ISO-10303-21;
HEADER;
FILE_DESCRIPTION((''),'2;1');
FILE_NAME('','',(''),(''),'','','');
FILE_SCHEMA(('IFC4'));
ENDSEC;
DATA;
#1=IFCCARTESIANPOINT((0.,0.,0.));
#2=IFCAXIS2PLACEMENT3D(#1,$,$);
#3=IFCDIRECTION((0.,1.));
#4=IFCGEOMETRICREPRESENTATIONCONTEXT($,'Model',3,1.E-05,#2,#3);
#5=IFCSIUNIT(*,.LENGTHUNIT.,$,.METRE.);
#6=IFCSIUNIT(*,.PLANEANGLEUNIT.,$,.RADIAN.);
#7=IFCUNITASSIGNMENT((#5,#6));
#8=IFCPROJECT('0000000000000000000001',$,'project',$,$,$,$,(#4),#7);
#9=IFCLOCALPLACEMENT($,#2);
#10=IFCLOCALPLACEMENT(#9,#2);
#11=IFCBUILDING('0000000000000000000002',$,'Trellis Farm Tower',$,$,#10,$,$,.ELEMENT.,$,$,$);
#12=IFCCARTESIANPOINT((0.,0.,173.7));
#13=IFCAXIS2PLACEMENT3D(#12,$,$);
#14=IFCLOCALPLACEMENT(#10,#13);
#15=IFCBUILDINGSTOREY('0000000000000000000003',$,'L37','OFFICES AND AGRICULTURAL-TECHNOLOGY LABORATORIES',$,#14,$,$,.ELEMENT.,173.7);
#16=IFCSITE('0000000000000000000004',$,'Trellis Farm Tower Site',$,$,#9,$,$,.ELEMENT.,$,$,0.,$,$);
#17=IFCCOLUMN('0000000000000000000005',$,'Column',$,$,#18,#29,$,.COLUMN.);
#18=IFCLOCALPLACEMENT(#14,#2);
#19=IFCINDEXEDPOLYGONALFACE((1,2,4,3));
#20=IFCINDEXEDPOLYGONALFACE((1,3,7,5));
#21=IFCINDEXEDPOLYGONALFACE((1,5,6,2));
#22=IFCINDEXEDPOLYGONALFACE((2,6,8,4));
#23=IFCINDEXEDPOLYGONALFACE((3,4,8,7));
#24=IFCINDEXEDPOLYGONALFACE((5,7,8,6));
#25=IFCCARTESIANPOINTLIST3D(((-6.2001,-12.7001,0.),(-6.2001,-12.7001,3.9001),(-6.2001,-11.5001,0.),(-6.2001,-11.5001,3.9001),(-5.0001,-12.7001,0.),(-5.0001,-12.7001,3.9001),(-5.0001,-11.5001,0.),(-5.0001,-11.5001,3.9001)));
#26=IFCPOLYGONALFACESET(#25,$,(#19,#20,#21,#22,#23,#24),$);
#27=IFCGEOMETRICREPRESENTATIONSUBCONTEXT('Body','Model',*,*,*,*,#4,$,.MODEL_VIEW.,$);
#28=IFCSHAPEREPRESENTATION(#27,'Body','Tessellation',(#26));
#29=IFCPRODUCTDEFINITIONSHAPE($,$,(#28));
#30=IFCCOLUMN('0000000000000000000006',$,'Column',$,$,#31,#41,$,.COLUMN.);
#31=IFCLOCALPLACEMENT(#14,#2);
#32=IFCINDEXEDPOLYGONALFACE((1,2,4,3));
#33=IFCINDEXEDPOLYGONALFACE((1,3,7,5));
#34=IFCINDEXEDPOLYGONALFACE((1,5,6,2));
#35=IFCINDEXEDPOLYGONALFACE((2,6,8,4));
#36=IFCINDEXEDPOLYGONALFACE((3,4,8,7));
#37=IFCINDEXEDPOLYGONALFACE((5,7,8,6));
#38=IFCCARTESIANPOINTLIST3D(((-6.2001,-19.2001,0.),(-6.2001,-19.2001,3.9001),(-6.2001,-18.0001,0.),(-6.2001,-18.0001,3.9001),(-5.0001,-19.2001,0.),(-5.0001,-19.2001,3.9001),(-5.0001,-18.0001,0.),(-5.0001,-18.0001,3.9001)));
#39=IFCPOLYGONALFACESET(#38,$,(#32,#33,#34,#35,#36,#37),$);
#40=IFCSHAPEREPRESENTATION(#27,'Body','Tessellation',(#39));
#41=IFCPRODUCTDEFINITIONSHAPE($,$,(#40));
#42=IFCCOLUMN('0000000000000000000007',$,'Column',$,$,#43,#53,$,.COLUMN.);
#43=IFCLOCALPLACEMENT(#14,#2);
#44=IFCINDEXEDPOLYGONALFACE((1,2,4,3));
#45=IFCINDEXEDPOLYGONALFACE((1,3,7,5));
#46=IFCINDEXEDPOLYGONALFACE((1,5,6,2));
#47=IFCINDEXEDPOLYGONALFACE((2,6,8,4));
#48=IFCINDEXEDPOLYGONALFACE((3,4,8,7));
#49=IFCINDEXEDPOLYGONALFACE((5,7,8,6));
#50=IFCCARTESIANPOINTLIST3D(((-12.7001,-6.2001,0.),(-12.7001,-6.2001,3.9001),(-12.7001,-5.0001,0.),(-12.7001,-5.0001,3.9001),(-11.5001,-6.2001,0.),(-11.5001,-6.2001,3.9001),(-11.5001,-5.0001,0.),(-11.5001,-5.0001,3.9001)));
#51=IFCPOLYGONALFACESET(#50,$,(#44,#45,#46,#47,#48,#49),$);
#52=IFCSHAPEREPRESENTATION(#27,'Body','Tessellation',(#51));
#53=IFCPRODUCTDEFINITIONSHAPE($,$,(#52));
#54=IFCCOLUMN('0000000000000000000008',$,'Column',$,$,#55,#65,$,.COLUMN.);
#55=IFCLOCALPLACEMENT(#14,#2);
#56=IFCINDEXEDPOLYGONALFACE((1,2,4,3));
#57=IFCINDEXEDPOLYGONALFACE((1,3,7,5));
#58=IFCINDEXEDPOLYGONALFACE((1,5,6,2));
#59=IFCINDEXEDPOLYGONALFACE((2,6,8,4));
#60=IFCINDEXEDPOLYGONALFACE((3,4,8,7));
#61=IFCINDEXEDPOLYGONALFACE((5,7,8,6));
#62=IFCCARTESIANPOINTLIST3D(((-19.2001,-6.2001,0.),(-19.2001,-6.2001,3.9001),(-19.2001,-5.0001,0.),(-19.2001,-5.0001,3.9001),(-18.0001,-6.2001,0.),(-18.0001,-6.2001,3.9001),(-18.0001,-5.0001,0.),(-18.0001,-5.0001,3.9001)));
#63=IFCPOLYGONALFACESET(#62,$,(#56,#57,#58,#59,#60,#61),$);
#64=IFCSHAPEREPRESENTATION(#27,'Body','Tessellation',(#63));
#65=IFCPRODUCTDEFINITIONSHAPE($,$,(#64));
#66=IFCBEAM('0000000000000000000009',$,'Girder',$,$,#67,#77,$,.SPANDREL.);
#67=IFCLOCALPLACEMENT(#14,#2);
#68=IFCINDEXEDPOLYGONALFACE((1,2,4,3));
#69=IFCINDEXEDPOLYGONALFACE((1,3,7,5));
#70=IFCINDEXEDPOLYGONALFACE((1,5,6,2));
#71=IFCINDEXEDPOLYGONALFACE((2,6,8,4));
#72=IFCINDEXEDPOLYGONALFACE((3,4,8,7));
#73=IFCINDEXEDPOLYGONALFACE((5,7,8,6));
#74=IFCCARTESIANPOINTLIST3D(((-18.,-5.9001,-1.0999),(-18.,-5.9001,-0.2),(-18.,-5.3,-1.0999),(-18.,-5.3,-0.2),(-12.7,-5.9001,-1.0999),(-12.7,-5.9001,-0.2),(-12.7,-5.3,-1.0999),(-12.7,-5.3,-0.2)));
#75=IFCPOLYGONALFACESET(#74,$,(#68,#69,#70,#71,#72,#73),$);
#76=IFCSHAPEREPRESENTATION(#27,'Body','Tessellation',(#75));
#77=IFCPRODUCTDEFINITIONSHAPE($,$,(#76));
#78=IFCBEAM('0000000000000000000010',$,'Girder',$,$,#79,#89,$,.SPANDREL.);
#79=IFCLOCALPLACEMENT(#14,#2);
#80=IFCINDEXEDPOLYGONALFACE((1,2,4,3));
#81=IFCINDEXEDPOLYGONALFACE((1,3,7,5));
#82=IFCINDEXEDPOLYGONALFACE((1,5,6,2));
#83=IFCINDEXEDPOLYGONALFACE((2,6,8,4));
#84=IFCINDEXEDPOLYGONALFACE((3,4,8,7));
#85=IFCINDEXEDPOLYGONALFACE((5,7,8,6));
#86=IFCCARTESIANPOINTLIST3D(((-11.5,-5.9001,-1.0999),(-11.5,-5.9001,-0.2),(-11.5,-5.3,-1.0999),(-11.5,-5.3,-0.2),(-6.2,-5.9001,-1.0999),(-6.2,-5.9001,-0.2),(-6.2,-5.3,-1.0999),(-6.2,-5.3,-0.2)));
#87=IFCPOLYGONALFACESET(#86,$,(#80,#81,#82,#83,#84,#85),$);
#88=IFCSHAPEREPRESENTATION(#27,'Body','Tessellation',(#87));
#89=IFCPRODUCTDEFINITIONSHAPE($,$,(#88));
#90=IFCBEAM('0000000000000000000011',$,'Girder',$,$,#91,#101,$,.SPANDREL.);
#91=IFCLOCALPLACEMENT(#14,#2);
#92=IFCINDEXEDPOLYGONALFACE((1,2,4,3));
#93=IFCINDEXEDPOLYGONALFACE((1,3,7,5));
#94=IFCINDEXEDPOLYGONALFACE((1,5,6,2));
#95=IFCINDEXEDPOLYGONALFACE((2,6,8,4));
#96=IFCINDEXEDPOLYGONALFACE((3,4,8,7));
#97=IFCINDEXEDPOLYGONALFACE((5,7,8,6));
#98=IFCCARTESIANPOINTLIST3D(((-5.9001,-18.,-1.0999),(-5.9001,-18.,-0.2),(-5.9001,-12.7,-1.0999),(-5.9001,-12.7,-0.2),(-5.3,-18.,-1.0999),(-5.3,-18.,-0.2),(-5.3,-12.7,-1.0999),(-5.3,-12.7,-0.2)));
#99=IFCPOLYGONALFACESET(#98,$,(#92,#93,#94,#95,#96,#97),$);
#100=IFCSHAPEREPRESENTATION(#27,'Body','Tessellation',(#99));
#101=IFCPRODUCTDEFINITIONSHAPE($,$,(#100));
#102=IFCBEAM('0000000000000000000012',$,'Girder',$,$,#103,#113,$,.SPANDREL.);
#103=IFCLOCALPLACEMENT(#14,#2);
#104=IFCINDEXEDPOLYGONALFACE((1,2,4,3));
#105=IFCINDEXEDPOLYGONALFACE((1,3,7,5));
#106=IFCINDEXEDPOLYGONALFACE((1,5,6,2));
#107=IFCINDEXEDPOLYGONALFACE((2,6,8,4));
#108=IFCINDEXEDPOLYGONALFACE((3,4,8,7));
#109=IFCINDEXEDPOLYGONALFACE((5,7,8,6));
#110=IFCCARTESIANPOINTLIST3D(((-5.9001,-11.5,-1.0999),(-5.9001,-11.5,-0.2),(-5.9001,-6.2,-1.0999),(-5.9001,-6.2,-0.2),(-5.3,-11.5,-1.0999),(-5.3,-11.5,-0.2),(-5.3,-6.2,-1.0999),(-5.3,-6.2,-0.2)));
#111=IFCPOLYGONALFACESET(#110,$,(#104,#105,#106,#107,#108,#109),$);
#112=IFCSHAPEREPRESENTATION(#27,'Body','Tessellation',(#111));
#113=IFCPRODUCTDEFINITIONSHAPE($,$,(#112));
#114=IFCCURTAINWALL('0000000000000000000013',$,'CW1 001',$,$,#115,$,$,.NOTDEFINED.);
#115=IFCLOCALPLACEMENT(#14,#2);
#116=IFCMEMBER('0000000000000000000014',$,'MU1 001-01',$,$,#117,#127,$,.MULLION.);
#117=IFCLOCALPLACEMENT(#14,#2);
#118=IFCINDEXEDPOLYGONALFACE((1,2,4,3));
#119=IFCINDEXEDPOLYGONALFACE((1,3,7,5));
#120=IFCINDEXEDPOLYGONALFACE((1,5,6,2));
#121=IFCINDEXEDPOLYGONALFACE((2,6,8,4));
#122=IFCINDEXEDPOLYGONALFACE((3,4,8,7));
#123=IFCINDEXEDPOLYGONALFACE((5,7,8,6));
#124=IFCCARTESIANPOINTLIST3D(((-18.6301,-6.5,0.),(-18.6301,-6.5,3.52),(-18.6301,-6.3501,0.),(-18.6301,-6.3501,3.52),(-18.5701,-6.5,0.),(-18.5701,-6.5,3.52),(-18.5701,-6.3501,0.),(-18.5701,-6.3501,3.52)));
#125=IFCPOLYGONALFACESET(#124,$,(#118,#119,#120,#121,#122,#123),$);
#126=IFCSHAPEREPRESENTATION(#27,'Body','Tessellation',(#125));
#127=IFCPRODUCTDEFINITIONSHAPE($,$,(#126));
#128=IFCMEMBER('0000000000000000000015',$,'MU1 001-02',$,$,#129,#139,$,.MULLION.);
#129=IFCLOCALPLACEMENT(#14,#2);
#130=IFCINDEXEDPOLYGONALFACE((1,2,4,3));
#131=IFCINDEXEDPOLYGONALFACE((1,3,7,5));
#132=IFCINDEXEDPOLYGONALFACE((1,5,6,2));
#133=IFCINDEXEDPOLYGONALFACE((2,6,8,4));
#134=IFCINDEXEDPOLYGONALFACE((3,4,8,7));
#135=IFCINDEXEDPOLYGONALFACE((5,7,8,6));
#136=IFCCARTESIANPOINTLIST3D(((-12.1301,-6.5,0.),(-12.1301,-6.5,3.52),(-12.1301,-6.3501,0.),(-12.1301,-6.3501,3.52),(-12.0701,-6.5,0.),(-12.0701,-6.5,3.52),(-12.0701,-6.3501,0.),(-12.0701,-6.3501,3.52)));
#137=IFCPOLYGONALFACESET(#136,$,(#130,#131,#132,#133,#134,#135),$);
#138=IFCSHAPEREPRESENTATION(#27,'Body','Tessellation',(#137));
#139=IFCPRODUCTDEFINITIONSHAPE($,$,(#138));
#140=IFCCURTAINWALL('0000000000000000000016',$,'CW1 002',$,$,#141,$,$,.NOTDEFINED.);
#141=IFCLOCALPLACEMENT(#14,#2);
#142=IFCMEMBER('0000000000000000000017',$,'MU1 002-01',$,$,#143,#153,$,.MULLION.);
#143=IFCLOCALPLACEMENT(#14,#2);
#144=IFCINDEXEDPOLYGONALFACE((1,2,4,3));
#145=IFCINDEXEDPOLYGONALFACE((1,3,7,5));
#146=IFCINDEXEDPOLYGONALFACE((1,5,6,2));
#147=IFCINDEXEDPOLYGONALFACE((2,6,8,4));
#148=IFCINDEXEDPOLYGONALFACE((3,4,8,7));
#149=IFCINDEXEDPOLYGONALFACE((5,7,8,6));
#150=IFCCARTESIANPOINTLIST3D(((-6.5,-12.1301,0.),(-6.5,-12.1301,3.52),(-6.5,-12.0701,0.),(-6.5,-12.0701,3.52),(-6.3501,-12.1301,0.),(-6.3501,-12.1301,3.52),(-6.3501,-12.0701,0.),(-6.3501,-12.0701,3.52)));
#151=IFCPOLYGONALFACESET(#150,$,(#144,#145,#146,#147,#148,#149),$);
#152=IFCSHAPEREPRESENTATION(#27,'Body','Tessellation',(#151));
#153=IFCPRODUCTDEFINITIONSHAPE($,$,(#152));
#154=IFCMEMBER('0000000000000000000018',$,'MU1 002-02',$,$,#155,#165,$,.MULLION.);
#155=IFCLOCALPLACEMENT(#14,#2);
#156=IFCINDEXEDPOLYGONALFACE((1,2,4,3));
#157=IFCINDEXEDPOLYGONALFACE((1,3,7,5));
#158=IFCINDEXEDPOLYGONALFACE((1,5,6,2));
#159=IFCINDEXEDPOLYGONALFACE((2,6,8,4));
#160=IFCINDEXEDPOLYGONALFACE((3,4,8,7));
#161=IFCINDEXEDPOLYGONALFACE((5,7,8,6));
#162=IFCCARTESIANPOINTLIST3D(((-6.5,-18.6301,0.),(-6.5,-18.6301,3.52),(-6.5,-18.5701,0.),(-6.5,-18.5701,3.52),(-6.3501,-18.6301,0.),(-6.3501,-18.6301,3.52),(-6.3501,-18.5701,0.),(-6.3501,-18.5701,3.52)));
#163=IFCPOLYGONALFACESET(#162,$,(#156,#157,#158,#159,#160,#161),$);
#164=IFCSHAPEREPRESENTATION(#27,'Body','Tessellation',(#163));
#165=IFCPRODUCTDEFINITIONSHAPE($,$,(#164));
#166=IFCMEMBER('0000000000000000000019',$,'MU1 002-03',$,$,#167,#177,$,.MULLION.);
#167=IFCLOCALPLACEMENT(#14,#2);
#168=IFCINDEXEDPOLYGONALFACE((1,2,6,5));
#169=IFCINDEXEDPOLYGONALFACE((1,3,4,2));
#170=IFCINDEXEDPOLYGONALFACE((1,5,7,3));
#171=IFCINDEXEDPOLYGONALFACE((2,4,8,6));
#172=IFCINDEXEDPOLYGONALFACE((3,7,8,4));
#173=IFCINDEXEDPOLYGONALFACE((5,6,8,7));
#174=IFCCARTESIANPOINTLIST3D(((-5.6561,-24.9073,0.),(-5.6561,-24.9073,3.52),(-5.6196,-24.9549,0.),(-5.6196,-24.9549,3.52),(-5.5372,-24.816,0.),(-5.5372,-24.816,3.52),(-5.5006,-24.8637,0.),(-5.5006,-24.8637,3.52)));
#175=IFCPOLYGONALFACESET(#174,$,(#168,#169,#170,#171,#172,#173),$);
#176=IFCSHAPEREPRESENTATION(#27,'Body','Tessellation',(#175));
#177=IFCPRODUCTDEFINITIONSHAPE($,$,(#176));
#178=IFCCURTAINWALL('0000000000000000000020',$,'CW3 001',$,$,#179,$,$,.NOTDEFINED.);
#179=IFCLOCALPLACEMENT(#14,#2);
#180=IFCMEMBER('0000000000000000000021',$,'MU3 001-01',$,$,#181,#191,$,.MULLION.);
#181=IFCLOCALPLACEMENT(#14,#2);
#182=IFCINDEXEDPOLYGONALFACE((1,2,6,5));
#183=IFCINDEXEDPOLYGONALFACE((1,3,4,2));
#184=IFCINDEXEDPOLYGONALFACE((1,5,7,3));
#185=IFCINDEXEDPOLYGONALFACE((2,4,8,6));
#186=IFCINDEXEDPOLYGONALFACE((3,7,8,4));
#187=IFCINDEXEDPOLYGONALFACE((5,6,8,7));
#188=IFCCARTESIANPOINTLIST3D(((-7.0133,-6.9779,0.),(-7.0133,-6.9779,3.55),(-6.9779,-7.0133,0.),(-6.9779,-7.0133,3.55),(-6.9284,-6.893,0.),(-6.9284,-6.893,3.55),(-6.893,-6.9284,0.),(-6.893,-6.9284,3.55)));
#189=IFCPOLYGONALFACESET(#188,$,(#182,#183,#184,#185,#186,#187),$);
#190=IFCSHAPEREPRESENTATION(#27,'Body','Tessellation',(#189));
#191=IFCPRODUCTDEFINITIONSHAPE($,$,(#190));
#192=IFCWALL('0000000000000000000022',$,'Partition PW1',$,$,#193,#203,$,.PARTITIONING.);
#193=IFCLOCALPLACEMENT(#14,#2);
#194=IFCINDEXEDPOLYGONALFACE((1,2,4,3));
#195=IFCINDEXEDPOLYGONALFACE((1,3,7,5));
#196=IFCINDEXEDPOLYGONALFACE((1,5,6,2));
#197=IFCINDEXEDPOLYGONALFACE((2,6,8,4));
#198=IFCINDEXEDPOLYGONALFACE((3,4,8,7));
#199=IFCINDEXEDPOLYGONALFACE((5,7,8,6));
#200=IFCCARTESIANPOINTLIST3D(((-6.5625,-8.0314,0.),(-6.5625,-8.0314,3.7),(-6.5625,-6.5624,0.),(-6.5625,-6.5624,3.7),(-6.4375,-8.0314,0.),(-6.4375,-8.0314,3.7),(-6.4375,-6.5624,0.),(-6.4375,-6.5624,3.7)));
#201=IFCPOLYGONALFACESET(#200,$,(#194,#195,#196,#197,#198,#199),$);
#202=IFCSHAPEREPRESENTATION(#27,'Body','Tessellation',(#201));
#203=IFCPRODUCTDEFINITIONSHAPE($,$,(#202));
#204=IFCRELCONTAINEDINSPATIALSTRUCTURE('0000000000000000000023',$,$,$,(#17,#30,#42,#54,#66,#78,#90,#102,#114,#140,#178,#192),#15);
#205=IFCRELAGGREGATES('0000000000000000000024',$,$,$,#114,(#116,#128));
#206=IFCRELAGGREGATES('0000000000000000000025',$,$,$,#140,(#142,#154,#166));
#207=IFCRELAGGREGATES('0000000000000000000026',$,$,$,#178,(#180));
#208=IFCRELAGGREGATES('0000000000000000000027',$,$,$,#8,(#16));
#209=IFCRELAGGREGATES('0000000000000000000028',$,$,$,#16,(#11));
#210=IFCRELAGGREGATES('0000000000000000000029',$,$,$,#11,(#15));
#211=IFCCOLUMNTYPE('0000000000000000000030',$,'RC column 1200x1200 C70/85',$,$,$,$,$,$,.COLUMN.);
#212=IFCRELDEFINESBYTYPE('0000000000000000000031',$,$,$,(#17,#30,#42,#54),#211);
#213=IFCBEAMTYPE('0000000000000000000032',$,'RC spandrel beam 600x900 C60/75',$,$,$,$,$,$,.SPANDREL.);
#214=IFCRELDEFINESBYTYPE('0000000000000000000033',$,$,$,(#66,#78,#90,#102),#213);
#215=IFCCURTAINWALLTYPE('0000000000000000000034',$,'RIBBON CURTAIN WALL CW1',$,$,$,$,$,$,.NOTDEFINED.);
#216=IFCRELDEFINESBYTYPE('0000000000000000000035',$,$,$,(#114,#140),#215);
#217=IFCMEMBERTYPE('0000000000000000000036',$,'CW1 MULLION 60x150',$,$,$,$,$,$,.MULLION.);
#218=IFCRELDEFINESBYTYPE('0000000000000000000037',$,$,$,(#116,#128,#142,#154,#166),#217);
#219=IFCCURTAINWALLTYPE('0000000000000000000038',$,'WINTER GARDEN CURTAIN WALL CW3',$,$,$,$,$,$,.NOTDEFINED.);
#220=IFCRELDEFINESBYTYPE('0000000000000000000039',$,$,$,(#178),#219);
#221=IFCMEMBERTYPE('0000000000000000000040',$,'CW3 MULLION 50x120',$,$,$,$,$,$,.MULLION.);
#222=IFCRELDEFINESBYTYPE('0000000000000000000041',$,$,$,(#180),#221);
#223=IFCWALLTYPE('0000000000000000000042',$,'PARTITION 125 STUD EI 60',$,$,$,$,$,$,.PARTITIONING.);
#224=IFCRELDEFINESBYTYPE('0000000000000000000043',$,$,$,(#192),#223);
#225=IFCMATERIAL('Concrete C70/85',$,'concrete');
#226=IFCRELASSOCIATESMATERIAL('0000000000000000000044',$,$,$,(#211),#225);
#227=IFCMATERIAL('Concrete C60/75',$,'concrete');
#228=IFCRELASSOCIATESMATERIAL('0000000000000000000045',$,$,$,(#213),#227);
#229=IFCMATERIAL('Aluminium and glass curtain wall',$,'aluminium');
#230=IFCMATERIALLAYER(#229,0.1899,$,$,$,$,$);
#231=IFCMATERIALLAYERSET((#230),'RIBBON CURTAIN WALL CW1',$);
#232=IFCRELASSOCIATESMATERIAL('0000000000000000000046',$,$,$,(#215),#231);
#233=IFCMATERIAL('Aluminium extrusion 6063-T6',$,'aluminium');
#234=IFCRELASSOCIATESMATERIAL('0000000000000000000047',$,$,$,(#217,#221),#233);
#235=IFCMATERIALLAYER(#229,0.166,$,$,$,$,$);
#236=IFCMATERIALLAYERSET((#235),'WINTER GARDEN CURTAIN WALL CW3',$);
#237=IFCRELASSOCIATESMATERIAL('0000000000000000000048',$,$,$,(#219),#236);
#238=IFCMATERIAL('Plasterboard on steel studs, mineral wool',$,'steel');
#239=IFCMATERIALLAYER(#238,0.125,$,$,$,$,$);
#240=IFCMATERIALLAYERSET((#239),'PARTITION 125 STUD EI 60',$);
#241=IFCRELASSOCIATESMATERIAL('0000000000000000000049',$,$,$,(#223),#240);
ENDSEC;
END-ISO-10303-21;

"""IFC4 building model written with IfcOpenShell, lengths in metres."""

from ifc_helpers import new_model, si_unit, direction, frame, frame_2d, origin, origin_2d, place, context, subcontext, project, spatial, rectangle, extrude, source, transform, mapped, material, layer, layer_set, material_profile, profile_set, type_object, element, aggregate, save


model = new_model("IFC4")

# Units and contexts
model_context = context("Model", 3, precision=1e-05, world=origin(), true_north=direction((0.0, 1.0)))
body_context = subcontext(model_context, "Body", "Model", "MODEL_VIEW")
ifc_project = project(units=[si_unit("LENGTHUNIT", "METRE"), si_unit("PLANEANGLEUNIT", "RADIAN")], contexts=[model_context])

# Site, building, storey
site_placement = place(None, origin())
site = spatial("IfcSite", under=ifc_project, at=site_placement, Name="Trellis Farm Tower Site", CompositionType="ELEMENT", RefElevation=0.0)
building_placement = place(site_placement, origin())
building = spatial("IfcBuilding", under=site, at=building_placement, Name="Trellis Farm Tower", CompositionType="ELEMENT")
storey_placement = place(building_placement, frame((0.0, 0.0, 173.7)))
storey = spatial("IfcBuildingStorey", under=building, at=storey_placement, Name="L37", Description="OFFICES AND AGRICULTURAL-TECHNOLOGY LABORATORIES", CompositionType="ELEMENT", Elevation=173.7)

# Columns
ifc_material_1 = material(Name="Concrete C70/85", Category="concrete")
ifc_material_profile_1 = material_profile(ifc_material_1, rectangle(XDim=1.2, YDim=1.2, at=origin_2d()), Name="RC column 1200x1200 C70/85")
ifc_profile_set_1 = profile_set([ifc_material_profile_1], Name="Concrete C70/85")
column_type = type_object("IfcColumnType", Name="RC column 1200x1200 C70/85", PredefinedType="COLUMN", material=ifc_profile_set_1)
shared_shape_1 = source(origin(), body_context, "Body", "SweptSolid", [
    extrude(rectangle(XDim=1.2, YDim=1.2, at=origin_2d()), origin(), (0.0, 0.0, 1.0), 3.9001),
])
for number, where, z_axis, x_axis, name in (
    (1, (-5.6001, -12.1001, 0.0), (0.0, 0.0, 1.0), (1.0, 0.0, 0.0), "Column"),
    (2, (-5.6001, -18.6001, 0.0), (0.0, 0.0, 1.0), (1.0, 0.0, 0.0), "Column"),
    (3, (-12.1001, -5.6001, 0.0), (0.0, 0.0, 1.0), (1.0, 0.0, 0.0), "Column"),
    (4, (-18.6001, -5.6001, 0.0), (0.0, 0.0, 1.0), (1.0, 0.0, 0.0), "Column"),
):
    element("IfcColumn", number, at=place(storey_placement, frame(where, z_axis=z_axis, x_axis=x_axis)), inside=storey, type_object=column_type, Name=name, PredefinedType="COLUMN", context=body_context, shape_type="MappedRepresentation", body=[
        mapped(shared_shape_1, transform((0.0, 0.0, 0.0))),
    ])

# Beams
ifc_material_2 = material(Name="Concrete C60/75", Category="concrete")
ifc_material_profile_2 = material_profile(ifc_material_2, rectangle(XDim=0.6001, YDim=0.8999, at=origin_2d()), Name="RC spandrel beam 600x900 C60/75")
ifc_profile_set_2 = profile_set([ifc_material_profile_2], Name="Concrete C60/75")
beam_type = type_object("IfcBeamType", Name="RC spandrel beam 600x900 C60/75", PredefinedType="SPANDREL", material=ifc_profile_set_2)
shared_shape_2 = source(origin(), body_context, "Body", "SweptSolid", [
    extrude(rectangle(XDim=0.6001, YDim=0.8999, at=origin_2d()), origin(), (0.0, 0.0, 1.0), 5.3),
])
for number, where, z_axis, x_axis, name in (
    (5, (-18.0, -5.6001, -0.6499), (1.0, 0.0, 0.0), (0.0, 1.0, 0.0), "Girder"),
    (6, (-11.5, -5.6001, -0.6499), (1.0, 0.0, 0.0), (0.0, 1.0, 0.0), "Girder"),
    (7, (-5.6001, -18.0, -0.6499), (0.0, 1.0, 0.0), (-1.0, 0.0, 0.0), "Girder"),
    (8, (-5.6001, -11.5, -0.6499), (0.0, 1.0, 0.0), (-1.0, 0.0, 0.0), "Girder"),
):
    element("IfcBeam", number, at=place(storey_placement, frame(where, z_axis=z_axis, x_axis=x_axis)), inside=storey, type_object=beam_type, Name=name, PredefinedType="SPANDREL", context=body_context, shape_type="MappedRepresentation", body=[
        mapped(shared_shape_2, transform((0.0, 0.0, 0.0))),
    ])

# Curtain walls, members
ifc_material_3 = material(Name="Aluminium and glass curtain wall", Category="aluminium")
ifc_layer_1 = layer(ifc_material_3, 0.1899)
ifc_layer_set_1 = layer_set([ifc_layer_1], Name="RIBBON CURTAIN WALL CW1")
curtain_wall_type_1 = type_object("IfcCurtainWallType", Name="RIBBON CURTAIN WALL CW1", PredefinedType="NOTDEFINED", material=ifc_layer_set_1)
placement = place(storey_placement, origin())
curtain_wall_1 = element("IfcCurtainWall", 9, at=placement, inside=storey, type_object=curtain_wall_type_1, Name="CW1 001", PredefinedType="NOTDEFINED")
ifc_material_4 = material(Name="Aluminium extrusion 6063-T6", Category="aluminium")
ifc_material_profile_3 = material_profile(ifc_material_4, rectangle(XDim=0.0601, YDim=0.1499, at=origin_2d()), Name="MULLION 60x150")
ifc_profile_set_3 = profile_set([ifc_material_profile_3], Name="Aluminium extrusion 6063-T6")
member_type_1 = type_object("IfcMemberType", Name="CW1 MULLION 60x150", PredefinedType="MULLION", material=ifc_profile_set_3)
shared_shape_3 = source(origin(), body_context, "Body", "SweptSolid", [
    extrude(rectangle(XDim=0.0601, YDim=0.1499, at=origin_2d()), origin(), (0.0, 0.0, 1.0), 3.52),
])
member_1_placement = place(storey_placement, frame((-18.6001, -6.425, 0.0), z_axis=(0.0, 0.0, 1.0), x_axis=(1.0, 0.0, 0.0)))
member_1 = element("IfcMember", 10, at=member_1_placement, type_object=member_type_1, Name="MU1 001-01", PredefinedType="MULLION", context=body_context, shape_type="MappedRepresentation", body=[
    mapped(shared_shape_3, transform((0.0, 0.0, 0.0))),
])
member_2_placement = place(storey_placement, frame((-12.1001, -6.425, 0.0), z_axis=(0.0, 0.0, 1.0), x_axis=(1.0, 0.0, 0.0)))
member_2 = element("IfcMember", 11, at=member_2_placement, type_object=member_type_1, Name="MU1 001-02", PredefinedType="MULLION", context=body_context, shape_type="MappedRepresentation", body=[
    mapped(shared_shape_3, transform((0.0, 0.0, 0.0))),
])
aggregate(curtain_wall_1, [member_1, member_2])
curtain_wall_2 = element("IfcCurtainWall", 12, at=placement, inside=storey, type_object=curtain_wall_type_1, Name="CW1 002", PredefinedType="NOTDEFINED")
member_3_placement = place(storey_placement, frame((-6.425, -12.1001, 0.0), z_axis=(0.0, 0.0, 1.0), x_axis=(0.0, -1.0, 0.0)))
member_3 = element("IfcMember", 13, at=member_3_placement, type_object=member_type_1, Name="MU1 002-01", PredefinedType="MULLION", context=body_context, shape_type="MappedRepresentation", body=[
    mapped(shared_shape_3, transform((0.0, 0.0, 0.0))),
])
member_4_placement = place(storey_placement, frame((-6.425, -18.6001, 0.0), z_axis=(0.0, 0.0, 1.0), x_axis=(0.0, -1.0, 0.0)))
member_4 = element("IfcMember", 14, at=member_4_placement, type_object=member_type_1, Name="MU1 002-02", PredefinedType="MULLION", context=body_context, shape_type="MappedRepresentation", body=[
    mapped(shared_shape_3, transform((0.0, 0.0, 0.0))),
])
member_5_placement = place(storey_placement, frame((-5.5784, -24.8855, 0.0), z_axis=(0.0, 0.0, 1.0), x_axis=(0.608761, -0.793353, 0.0)))
member_5 = element("IfcMember", 15, at=member_5_placement, type_object=member_type_1, Name="MU1 002-03", PredefinedType="MULLION", context=body_context, shape_type="MappedRepresentation", body=[
    mapped(shared_shape_3, transform((0.0, 0.0, 0.0))),
])
aggregate(curtain_wall_2, [member_3, member_4, member_5])

# Curtain wall, member
ifc_layer_2 = layer(ifc_material_3, 0.166)
ifc_layer_set_2 = layer_set([ifc_layer_2], Name="WINTER GARDEN CURTAIN WALL CW3")
curtain_wall_type_2 = type_object("IfcCurtainWallType", Name="WINTER GARDEN CURTAIN WALL CW3", PredefinedType="NOTDEFINED", material=ifc_layer_set_2)
curtain_wall_3 = element("IfcCurtainWall", 16, at=placement, inside=storey, type_object=curtain_wall_type_2, Name="CW3 001", PredefinedType="NOTDEFINED")
ifc_material_profile_4 = material_profile(ifc_material_4, rectangle(XDim=0.05, YDim=0.1201, at=origin_2d()), Name="MULLION 50x120")
ifc_profile_set_4 = profile_set([ifc_material_profile_4], Name="Aluminium extrusion 6063-T6")
member_type_2 = type_object("IfcMemberType", Name="CW3 MULLION 50x120", PredefinedType="MULLION", material=ifc_profile_set_4)
shared_shape_4 = source(origin(), body_context, "Body", "SweptSolid", [
    extrude(rectangle(XDim=0.05, YDim=0.1201, at=origin_2d()), origin(), (0.0, 0.0, 1.0), 3.55),
])
member_6_placement = place(storey_placement, frame((-6.9531, -6.9531, 0.0), z_axis=(0.0, 0.0, 1.0), x_axis=(0.707107, -0.707107, 0.0)))
member_6 = element("IfcMember", 17, at=member_6_placement, type_object=member_type_2, Name="MU3 001-01", PredefinedType="MULLION", context=body_context, shape_type="MappedRepresentation", body=[
    mapped(shared_shape_4, transform((0.0, 0.0, 0.0))),
])
aggregate(curtain_wall_3, [member_6])

# Wall
ifc_material_5 = material(Name="Plasterboard on steel studs, mineral wool", Category="steel")
ifc_layer_3 = layer(ifc_material_5, 0.125)
ifc_layer_set_3 = layer_set([ifc_layer_3], Name="PARTITION 125 STUD EI 60")
wall_type_1 = type_object("IfcWallType", Name="PARTITION 125 STUD EI 60", PredefinedType="PARTITIONING", material=ifc_layer_set_3)
shared_shape_5 = source(origin(), body_context, "Body", "SweptSolid", [
    extrude(rectangle(XDim=1.469, YDim=0.125, at=frame_2d((0.7344, 0.0))), origin(), (0.0, 0.0, 1.0), 3.7),
])
wall_1_placement = place(storey_placement, frame((-6.5, -6.5625, 0.0), z_axis=(0.0, 0.0, 1.0), x_axis=(0.0, -1.0, 0.0)))
element("IfcWall", 18, at=wall_1_placement, inside=storey, type_object=wall_type_1, Name="Partition PW1", PredefinedType="PARTITIONING", context=body_context, shape_type="MappedRepresentation", body=[
    mapped(shared_shape_5, transform((0.0, 0.0, 0.0))),
])

save(model, "model.ifc")
